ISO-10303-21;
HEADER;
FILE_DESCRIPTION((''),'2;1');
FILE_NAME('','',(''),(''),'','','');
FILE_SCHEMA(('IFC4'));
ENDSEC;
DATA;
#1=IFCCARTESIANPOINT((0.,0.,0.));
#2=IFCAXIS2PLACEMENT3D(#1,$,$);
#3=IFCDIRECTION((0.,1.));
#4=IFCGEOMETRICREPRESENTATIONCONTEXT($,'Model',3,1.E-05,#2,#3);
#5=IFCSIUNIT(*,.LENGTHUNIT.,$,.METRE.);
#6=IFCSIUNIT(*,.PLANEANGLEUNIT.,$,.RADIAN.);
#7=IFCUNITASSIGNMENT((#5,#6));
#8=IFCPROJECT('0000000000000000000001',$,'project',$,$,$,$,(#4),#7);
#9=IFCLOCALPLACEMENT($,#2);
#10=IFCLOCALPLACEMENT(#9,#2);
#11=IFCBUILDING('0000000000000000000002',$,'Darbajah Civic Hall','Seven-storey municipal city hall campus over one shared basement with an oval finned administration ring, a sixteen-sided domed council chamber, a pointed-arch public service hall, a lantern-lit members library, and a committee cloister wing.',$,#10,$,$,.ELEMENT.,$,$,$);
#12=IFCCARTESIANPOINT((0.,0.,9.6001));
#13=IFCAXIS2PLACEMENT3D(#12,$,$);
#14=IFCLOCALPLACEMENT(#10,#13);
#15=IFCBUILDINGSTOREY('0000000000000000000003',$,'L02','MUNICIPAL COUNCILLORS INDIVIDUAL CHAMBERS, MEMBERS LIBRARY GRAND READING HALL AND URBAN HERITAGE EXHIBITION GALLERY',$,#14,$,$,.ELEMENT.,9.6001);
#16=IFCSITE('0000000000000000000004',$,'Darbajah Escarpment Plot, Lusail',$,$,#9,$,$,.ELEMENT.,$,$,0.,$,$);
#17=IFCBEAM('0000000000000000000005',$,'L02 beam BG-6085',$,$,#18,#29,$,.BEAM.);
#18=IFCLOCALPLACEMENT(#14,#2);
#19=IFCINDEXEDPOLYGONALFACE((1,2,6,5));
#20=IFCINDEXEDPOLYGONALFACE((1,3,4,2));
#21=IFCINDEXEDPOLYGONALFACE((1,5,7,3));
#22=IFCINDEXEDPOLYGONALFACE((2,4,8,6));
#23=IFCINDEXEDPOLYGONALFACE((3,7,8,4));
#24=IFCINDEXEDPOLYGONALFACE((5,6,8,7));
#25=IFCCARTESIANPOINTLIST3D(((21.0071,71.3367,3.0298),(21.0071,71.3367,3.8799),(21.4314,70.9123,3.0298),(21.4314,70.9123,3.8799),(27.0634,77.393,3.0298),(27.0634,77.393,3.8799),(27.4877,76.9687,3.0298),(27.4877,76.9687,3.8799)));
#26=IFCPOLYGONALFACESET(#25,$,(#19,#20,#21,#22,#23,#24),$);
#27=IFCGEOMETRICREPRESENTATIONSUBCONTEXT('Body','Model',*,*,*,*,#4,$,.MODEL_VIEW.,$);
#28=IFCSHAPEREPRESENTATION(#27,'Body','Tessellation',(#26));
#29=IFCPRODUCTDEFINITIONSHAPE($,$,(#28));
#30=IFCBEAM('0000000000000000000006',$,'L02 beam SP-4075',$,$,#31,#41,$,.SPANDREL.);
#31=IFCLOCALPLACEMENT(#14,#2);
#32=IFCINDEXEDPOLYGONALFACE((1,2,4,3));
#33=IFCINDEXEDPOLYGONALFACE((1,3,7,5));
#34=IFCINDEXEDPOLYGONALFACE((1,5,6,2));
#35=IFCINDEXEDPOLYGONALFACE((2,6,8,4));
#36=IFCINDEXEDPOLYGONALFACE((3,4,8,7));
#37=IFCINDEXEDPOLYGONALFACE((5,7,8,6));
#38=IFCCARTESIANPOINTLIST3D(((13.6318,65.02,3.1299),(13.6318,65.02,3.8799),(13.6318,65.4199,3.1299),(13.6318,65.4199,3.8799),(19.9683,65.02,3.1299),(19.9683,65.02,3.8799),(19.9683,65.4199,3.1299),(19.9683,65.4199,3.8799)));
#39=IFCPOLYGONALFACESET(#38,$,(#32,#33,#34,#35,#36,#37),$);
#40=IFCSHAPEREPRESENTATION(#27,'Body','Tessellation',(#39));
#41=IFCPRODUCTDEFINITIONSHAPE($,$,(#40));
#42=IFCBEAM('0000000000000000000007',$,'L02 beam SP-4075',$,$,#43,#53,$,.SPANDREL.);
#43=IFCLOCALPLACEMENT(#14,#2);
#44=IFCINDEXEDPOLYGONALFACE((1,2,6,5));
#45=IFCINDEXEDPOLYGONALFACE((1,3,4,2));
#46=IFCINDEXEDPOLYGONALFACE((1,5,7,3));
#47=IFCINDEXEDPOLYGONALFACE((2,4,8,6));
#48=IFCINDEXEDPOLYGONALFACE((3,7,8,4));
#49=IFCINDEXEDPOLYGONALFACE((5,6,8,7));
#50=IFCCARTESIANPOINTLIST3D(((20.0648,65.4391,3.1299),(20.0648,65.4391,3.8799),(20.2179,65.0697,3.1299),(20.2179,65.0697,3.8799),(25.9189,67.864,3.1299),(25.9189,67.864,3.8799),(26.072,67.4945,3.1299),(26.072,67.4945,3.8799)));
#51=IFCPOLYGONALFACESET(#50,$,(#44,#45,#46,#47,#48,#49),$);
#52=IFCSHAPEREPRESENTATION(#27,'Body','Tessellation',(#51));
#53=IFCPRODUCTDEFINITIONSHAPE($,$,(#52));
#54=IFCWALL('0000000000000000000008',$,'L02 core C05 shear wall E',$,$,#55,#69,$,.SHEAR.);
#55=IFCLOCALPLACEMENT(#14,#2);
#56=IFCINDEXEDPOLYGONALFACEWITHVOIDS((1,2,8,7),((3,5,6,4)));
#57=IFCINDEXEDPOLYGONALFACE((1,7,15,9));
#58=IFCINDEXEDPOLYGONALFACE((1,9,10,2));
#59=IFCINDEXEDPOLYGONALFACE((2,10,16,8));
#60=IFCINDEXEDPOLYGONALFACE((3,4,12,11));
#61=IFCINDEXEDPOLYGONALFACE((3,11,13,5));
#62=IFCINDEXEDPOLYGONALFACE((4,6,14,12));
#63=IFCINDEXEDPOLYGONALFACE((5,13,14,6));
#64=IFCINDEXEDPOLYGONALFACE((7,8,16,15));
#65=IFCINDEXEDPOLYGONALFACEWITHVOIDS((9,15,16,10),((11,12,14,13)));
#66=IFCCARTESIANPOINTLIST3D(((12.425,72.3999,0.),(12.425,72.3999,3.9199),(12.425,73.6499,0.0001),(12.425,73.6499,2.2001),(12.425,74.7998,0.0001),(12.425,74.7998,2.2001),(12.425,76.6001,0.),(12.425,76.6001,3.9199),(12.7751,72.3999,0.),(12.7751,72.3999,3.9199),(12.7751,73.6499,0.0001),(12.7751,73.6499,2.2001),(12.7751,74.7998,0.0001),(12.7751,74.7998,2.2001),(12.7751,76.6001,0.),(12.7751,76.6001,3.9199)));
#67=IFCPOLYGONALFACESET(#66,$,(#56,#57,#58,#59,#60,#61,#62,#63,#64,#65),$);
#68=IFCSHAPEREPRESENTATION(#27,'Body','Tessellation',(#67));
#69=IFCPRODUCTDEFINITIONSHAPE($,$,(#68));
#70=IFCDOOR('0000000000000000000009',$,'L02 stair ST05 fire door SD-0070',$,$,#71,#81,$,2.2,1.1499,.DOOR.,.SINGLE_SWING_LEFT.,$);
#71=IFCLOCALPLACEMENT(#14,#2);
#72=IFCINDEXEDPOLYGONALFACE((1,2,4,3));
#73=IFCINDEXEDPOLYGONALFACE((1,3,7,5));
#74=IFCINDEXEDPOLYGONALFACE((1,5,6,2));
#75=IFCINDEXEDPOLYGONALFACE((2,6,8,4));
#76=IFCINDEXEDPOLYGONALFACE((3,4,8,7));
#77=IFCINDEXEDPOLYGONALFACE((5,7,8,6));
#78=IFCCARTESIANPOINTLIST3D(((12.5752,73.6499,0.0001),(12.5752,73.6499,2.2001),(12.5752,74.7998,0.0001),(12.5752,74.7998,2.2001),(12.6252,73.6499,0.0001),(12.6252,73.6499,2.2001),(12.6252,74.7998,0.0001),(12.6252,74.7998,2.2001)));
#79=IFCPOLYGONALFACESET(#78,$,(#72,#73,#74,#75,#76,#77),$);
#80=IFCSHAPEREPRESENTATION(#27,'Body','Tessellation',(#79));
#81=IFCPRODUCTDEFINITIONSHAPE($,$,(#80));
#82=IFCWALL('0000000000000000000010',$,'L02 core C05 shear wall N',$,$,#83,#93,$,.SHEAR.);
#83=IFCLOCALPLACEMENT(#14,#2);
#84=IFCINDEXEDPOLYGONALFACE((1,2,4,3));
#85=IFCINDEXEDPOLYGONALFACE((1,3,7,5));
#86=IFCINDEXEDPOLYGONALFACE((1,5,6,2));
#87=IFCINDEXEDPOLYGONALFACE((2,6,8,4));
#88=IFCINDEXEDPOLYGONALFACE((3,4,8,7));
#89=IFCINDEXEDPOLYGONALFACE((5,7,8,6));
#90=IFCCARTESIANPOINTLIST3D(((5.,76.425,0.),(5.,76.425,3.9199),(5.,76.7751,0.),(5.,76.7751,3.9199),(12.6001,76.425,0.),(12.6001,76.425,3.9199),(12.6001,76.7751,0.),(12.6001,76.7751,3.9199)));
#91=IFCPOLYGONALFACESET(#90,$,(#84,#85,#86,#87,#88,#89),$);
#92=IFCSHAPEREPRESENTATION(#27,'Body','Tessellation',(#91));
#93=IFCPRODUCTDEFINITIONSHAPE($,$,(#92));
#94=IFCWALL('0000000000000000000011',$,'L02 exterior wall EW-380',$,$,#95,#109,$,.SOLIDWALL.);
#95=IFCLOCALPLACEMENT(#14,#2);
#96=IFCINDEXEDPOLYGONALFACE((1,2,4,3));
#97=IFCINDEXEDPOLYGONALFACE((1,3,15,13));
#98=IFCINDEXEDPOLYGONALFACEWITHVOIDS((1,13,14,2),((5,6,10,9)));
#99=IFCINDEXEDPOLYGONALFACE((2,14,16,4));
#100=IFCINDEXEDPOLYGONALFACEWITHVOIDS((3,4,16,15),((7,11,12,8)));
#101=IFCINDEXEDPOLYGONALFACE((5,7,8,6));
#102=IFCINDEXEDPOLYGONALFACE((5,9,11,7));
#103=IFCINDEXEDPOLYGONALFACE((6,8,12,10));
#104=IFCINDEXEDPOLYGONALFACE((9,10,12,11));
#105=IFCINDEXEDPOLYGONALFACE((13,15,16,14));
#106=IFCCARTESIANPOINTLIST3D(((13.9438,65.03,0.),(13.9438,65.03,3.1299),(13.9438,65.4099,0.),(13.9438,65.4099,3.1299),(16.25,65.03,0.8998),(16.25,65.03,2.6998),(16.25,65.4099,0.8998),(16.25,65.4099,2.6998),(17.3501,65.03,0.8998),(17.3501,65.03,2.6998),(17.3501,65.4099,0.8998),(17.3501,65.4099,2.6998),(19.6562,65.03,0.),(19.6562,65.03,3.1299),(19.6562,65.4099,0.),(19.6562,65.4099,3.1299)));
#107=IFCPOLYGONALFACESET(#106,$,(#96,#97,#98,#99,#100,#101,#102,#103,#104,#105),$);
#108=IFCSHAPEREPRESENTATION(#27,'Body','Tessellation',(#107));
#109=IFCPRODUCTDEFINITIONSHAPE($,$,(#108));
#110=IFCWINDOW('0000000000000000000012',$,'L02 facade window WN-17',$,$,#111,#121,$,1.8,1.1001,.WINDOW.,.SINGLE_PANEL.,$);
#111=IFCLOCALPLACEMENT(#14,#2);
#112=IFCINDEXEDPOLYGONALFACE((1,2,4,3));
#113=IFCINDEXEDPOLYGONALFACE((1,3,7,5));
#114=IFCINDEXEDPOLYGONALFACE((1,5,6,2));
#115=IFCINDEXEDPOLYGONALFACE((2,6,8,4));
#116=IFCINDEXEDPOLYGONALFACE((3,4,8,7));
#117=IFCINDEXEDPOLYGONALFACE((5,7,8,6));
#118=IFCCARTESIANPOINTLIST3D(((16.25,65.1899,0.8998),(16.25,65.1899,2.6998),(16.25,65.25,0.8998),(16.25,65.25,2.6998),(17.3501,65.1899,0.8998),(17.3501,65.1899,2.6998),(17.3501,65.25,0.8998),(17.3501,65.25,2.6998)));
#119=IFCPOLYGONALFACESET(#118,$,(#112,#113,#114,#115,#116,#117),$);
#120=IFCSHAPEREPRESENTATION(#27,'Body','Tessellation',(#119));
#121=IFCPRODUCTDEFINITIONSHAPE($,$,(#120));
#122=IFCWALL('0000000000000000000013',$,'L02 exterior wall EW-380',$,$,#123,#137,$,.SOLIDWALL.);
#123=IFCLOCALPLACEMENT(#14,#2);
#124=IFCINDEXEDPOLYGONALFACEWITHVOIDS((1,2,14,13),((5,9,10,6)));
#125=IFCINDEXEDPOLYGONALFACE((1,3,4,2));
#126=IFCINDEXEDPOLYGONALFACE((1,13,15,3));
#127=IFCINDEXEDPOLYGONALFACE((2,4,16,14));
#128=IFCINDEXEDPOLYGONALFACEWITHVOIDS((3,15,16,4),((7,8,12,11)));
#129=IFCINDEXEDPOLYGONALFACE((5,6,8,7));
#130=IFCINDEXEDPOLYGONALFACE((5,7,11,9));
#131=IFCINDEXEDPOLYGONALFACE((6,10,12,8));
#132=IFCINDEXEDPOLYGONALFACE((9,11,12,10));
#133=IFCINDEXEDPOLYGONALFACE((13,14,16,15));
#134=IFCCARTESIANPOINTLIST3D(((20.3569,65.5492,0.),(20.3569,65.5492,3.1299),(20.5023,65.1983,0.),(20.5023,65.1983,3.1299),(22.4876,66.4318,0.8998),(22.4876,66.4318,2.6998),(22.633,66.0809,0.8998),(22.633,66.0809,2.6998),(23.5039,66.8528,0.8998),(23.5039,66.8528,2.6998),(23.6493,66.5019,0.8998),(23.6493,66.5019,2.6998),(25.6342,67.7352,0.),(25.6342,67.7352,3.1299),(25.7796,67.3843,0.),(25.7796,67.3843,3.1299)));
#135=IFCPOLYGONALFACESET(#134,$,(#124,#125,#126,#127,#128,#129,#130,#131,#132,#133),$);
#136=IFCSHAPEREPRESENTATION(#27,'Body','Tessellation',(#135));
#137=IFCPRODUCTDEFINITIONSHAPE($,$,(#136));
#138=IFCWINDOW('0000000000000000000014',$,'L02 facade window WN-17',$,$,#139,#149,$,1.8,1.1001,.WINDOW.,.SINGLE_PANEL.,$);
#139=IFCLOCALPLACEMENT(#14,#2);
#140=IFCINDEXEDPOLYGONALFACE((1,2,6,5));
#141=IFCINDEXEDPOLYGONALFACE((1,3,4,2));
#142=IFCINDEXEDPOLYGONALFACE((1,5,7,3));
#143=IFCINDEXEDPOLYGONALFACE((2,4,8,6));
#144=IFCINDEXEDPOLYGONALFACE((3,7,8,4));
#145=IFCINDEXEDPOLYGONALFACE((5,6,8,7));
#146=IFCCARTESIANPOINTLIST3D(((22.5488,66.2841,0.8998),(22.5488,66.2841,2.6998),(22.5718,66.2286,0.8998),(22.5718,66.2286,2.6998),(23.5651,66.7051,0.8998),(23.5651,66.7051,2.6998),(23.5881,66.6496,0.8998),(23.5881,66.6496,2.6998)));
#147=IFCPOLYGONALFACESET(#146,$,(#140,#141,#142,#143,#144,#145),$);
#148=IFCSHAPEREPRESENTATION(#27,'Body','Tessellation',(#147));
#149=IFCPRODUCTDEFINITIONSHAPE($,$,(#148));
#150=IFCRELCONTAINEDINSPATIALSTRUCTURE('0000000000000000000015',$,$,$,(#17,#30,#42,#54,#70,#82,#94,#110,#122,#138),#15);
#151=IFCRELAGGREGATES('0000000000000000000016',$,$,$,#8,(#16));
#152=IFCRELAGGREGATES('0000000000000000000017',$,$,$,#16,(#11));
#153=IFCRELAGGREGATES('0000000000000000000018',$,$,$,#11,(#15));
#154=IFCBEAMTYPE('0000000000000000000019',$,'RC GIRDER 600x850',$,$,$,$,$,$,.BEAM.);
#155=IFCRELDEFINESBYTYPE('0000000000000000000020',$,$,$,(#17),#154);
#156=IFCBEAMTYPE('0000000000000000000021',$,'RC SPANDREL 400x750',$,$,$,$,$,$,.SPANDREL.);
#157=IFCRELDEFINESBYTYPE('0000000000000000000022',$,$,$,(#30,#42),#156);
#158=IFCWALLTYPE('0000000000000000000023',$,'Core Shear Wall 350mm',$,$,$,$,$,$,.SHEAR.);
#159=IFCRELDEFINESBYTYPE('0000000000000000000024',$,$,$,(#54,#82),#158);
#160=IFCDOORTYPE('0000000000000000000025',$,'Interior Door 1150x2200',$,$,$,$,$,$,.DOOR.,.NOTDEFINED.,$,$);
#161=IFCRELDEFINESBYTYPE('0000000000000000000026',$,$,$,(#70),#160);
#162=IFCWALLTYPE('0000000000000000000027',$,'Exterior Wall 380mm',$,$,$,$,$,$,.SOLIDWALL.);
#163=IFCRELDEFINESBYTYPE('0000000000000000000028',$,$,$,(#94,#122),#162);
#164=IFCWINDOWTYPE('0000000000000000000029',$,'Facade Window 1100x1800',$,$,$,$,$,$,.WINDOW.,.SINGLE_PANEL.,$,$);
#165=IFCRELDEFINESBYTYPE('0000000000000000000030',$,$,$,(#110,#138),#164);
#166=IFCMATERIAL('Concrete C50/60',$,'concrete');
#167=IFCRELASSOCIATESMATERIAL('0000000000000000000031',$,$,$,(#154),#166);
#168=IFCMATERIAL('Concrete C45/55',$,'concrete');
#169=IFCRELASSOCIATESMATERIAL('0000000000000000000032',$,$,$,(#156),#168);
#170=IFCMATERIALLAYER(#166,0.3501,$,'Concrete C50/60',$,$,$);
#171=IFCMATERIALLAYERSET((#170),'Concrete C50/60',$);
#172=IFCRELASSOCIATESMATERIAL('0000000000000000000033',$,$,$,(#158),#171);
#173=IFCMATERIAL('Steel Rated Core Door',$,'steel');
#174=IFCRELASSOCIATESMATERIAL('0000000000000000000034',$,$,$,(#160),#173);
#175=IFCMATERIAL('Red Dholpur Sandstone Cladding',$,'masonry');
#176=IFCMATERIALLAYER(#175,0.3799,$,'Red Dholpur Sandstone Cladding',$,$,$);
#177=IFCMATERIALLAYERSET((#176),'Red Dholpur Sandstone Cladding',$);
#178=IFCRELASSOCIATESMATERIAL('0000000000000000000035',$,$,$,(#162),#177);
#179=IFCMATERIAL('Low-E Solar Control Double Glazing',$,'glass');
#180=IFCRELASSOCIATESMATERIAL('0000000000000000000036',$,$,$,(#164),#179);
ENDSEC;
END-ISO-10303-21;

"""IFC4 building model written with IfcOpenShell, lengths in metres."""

from ifc_helpers import new_model, si_unit, direction, frame, frame_2d, origin, origin_2d, place, context, subcontext, project, spatial, rectangle, extrude, material, layer, layer_set, material_profile, profile_set, type_object, element, fill, save


model = new_model("IFC4")

# Units and contexts
model_context = context("Model", 3, precision=1e-05, world=origin(), true_north=direction((0.0, 1.0)))
body_context = subcontext(model_context, "Body", "Model", "MODEL_VIEW")
ifc_project = project(units=[si_unit("LENGTHUNIT", "METRE"), si_unit("PLANEANGLEUNIT", "RADIAN")], contexts=[model_context])

# Site, building, storey
site_placement = place(None, origin())
site = spatial("IfcSite", under=ifc_project, at=site_placement, Name="Darbajah Escarpment Plot, Lusail", CompositionType="ELEMENT", RefElevation=0.0)
building_placement = place(site_placement, origin())
building = spatial("IfcBuilding", under=site, at=building_placement, Name="Darbajah Civic Hall", Description="Seven-storey municipal city hall campus over one shared basement with an oval finned administration ring, a sixteen-sided domed council chamber, a pointed-arch public service hall, a lantern-lit members library, and a committee cloister wing.", CompositionType="ELEMENT")
storey_placement = place(building_placement, frame((0.0, 0.0, 9.6001)))
storey = spatial("IfcBuildingStorey", under=building, at=storey_placement, Name="L02", Description="MUNICIPAL COUNCILLORS INDIVIDUAL CHAMBERS, MEMBERS LIBRARY GRAND READING HALL AND URBAN HERITAGE EXHIBITION GALLERY", CompositionType="ELEMENT", Elevation=9.6001)

# Shared definitions
ifc_material_1 = material(Name="Concrete C45/55", Category="concrete")
ifc_material_2 = material(Name="Concrete C50/60", Category="concrete")

# Beams
ifc_material_profile_1 = material_profile(ifc_material_2, rectangle(XDim=0.6001, YDim=0.8501, at=origin_2d()), Name="RC GIRDER 600x850")
ifc_profile_set_1 = profile_set([ifc_material_profile_1], Name="Concrete C50/60")
beam_type_1 = type_object("IfcBeamType", Name="RC GIRDER 600x850", PredefinedType="BEAM", material=ifc_profile_set_1)
beam_1_placement = place(storey_placement, frame((21.2192, 71.1245, 3.4548), z_axis=(0.707107, 0.707107, 0.0), x_axis=(-0.707107, 0.707107, 0.0)))
element("IfcBeam", 1, at=beam_1_placement, inside=storey, type_object=beam_type_1, Name="L02 beam BG-6085", PredefinedType="BEAM", context=body_context, shape_type="SweptSolid", body=[
    extrude(rectangle(XDim=0.6001, YDim=0.8501, at=origin_2d()), origin(), (0.0, 0.0, 1.0), 8.5649),
])
ifc_material_profile_2 = material_profile(ifc_material_1, rectangle(XDim=0.3999, YDim=0.75, at=origin_2d()), Name="RC SPANDREL 400x750")
ifc_profile_set_2 = profile_set([ifc_material_profile_2], Name="Concrete C45/55")
beam_type_2 = type_object("IfcBeamType", Name="RC SPANDREL 400x750", PredefinedType="SPANDREL", material=ifc_profile_set_2)
for number, where, z_axis, x_axis, name in (
    (2, (13.6318, 65.22, 3.5049), (1.0, 0.0, 0.0), (0.0, 1.0, 0.0), "L02 beam SP-4075"),
    (3, (20.1414, 65.2544, 3.5049), (0.92388, 0.382683, 0.0), (-0.382683, 0.92388, 0.0), "L02 beam SP-4075"),
):
    element("IfcBeam", number, at=place(storey_placement, frame(where, z_axis=z_axis, x_axis=x_axis)), inside=storey, type_object=beam_type_2, Name=name, PredefinedType="SPANDREL", context=body_context, shape_type="SweptSolid", body=[
        extrude(rectangle(XDim=0.3999, YDim=0.75, at=origin_2d()), origin(), (0.0, 0.0, 1.0), 6.3364),
    ])

# Wall, opening, door
ifc_layer_1 = layer(ifc_material_2, 0.3501, Name="Concrete C50/60")
ifc_layer_set_1 = layer_set([ifc_layer_1], Name="Concrete C50/60")
wall_type_1 = type_object("IfcWallType", Name="Core Shear Wall 350mm", PredefinedType="SHEAR", material=ifc_layer_set_1)
wall_1_placement = place(storey_placement, frame((12.6001, 72.3999, 0.0), z_axis=(0.0, 0.0, 1.0), x_axis=(0.0, 1.0, 0.0)))
wall_1 = element("IfcWall", 4, at=wall_1_placement, inside=storey, type_object=wall_type_1, Name="L02 core C05 shear wall E", PredefinedType="SHEAR", context=body_context, shape_type="SweptSolid", body=[
    extrude(rectangle(XDim=4.2002, YDim=0.3501, at=frame_2d((2.1001, 0.0))), origin(), (0.0, 0.0, 1.0), 3.9199),
])
opening_1_placement = place(wall_1_placement, frame((1.25, 0.0, 0.0)))
opening_1 = element("IfcOpeningElement", 5, at=opening_1_placement, cuts=wall_1, PredefinedType="OPENING", context=body_context, shape_type="SweptSolid", body=[
    extrude(rectangle(XDim=1.1499, YDim=2.2, at=frame_2d((0.575, 1.1001))), frame((0.0, 0.1851, 0.0), z_axis=(0.0, -1.0, 0.0), x_axis=(1.0, 0.0, 0.0)), (0.0, 0.0, 1.0), 0.3701),
])
ifc_material_3 = material(Name="Steel Rated Core Door", Category="steel")
door_type_1 = type_object("IfcDoorType", Name="Interior Door 1150x2200", OperationType="NOTDEFINED", PredefinedType="DOOR", material=ifc_material_3)
door_1_placement = place(opening_1_placement, origin())
door_1 = element("IfcDoor", 6, at=door_1_placement, inside=storey, type_object=door_type_1, Name="L02 stair ST05 fire door SD-0070", OperationType="SINGLE_SWING_LEFT", OverallHeight=2.2, OverallWidth=1.1499, PredefinedType="DOOR", context=body_context, shape_type="SweptSolid", body=[
    extrude(rectangle(XDim=1.1499, YDim=2.2, at=frame_2d((0.575, 1.1001))), frame((0.0, 0.0249, 0.0), z_axis=(0.0, -1.0, 0.0), x_axis=(1.0, 0.0, 0.0)), (0.0, 0.0, 1.0), 0.05),
])
fill(opening_1, door_1)

# Wall
wall_2_placement = place(storey_placement, frame((12.6001, 76.6001, 0.0), z_axis=(0.0, 0.0, 1.0), x_axis=(-1.0, 0.0, 0.0)))
element("IfcWall", 7, at=wall_2_placement, inside=storey, type_object=wall_type_1, Name="L02 core C05 shear wall N", PredefinedType="SHEAR", context=body_context, shape_type="SweptSolid", body=[
    extrude(rectangle(XDim=7.6001, YDim=0.3501, at=frame_2d((3.8, 0.0))), origin(), (0.0, 0.0, 1.0), 3.9199),
])

# Walls, openings, windows
ifc_material_4 = material(Name="Red Dholpur Sandstone Cladding", Category="masonry")
ifc_layer_2 = layer(ifc_material_4, 0.3799, Name="Red Dholpur Sandstone Cladding")
ifc_layer_set_2 = layer_set([ifc_layer_2], Name="Red Dholpur Sandstone Cladding")
wall_type_2 = type_object("IfcWallType", Name="Exterior Wall 380mm", PredefinedType="SOLIDWALL", material=ifc_layer_set_2)
wall_3_placement = place(storey_placement, frame((13.9438, 65.22, 0.0), z_axis=(0.0, 0.0, 1.0), x_axis=(1.0, 0.0, 0.0)))
wall_3 = element("IfcWall", 8, at=wall_3_placement, inside=storey, type_object=wall_type_2, Name="L02 exterior wall EW-380", PredefinedType="SOLIDWALL", context=body_context, shape_type="SweptSolid", body=[
    extrude(rectangle(XDim=5.7124, YDim=0.3799, at=frame_2d((2.8562, 0.0))), origin(), (0.0, 0.0, 1.0), 3.1299),
])
opening_2_placement = place(wall_3_placement, frame((2.3062, 0.0, 0.8999)))
opening_2 = element("IfcOpeningElement", 9, at=opening_2_placement, cuts=wall_3, PredefinedType="OPENING", context=body_context, shape_type="SweptSolid", body=[
    extrude(rectangle(XDim=1.1001, YDim=1.8, at=frame_2d((0.55, 0.8999))), frame((0.0, 0.2, 0.0), z_axis=(0.0, -1.0, 0.0), x_axis=(1.0, 0.0, 0.0)), (0.0, 0.0, 1.0), 0.3999),
])
ifc_material_5 = material(Name="Low-E Solar Control Double Glazing", Category="glass")
window_type = type_object("IfcWindowType", Name="Facade Window 1100x1800", PartitioningType="SINGLE_PANEL", PredefinedType="WINDOW", material=ifc_material_5)
window_1_placement = place(opening_2_placement, origin())
window_1 = element("IfcWindow", 10, at=window_1_placement, inside=storey, type_object=window_type, Name="L02 facade window WN-17", OverallHeight=1.8, OverallWidth=1.1001, PartitioningType="SINGLE_PANEL", PredefinedType="WINDOW", context=body_context, shape_type="SweptSolid", body=[
    extrude(rectangle(XDim=1.1001, YDim=1.8, at=frame_2d((0.55, 0.8999))), frame((0.0, 0.03, 0.0), z_axis=(0.0, -1.0, 0.0), x_axis=(1.0, 0.0, 0.0)), (0.0, 0.0, 1.0), 0.0601),
])
fill(opening_2, window_1)
wall_4_placement = place(storey_placement, frame((20.4297, 65.3738, 0.0), z_axis=(0.0, 0.0, 1.0), x_axis=(0.923874, 0.382697, 0.0)))
wall_4 = element("IfcWall", 11, at=wall_4_placement, inside=storey, type_object=wall_type_2, Name="L02 exterior wall EW-380", PredefinedType="SOLIDWALL", context=body_context, shape_type="SweptSolid", body=[
    extrude(rectangle(XDim=5.7122, YDim=0.3799, at=frame_2d((2.856, 0.0))), origin(), (0.0, 0.0, 1.0), 3.1299),
])
opening_3_placement = place(wall_4_placement, frame((2.3062, 0.0, 0.8999)))
opening_3 = element("IfcOpeningElement", 12, at=opening_3_placement, cuts=wall_4, PredefinedType="OPENING", context=body_context, shape_type="SweptSolid", body=[
    extrude(rectangle(XDim=1.1001, YDim=1.8, at=frame_2d((0.55, 0.8999))), frame((0.0, 0.2, 0.0), z_axis=(0.0, -1.0, 0.0), x_axis=(1.0, 0.0, 0.0)), (0.0, 0.0, 1.0), 0.3999),
])
window_2_placement = place(opening_3_placement, origin())
window_2 = element("IfcWindow", 13, at=window_2_placement, inside=storey, type_object=window_type, Name="L02 facade window WN-17", OverallHeight=1.8, OverallWidth=1.1001, PartitioningType="SINGLE_PANEL", PredefinedType="WINDOW", context=body_context, shape_type="SweptSolid", body=[
    extrude(rectangle(XDim=1.1001, YDim=1.8, at=frame_2d((0.55, 0.8999))), frame((0.0, 0.03, 0.0), z_axis=(0.0, -1.0, 0.0), x_axis=(1.0, 0.0, 0.0)), (0.0, 0.0, 1.0), 0.0601),
])
fill(opening_3, window_2)

save(model, "model.ifc")
